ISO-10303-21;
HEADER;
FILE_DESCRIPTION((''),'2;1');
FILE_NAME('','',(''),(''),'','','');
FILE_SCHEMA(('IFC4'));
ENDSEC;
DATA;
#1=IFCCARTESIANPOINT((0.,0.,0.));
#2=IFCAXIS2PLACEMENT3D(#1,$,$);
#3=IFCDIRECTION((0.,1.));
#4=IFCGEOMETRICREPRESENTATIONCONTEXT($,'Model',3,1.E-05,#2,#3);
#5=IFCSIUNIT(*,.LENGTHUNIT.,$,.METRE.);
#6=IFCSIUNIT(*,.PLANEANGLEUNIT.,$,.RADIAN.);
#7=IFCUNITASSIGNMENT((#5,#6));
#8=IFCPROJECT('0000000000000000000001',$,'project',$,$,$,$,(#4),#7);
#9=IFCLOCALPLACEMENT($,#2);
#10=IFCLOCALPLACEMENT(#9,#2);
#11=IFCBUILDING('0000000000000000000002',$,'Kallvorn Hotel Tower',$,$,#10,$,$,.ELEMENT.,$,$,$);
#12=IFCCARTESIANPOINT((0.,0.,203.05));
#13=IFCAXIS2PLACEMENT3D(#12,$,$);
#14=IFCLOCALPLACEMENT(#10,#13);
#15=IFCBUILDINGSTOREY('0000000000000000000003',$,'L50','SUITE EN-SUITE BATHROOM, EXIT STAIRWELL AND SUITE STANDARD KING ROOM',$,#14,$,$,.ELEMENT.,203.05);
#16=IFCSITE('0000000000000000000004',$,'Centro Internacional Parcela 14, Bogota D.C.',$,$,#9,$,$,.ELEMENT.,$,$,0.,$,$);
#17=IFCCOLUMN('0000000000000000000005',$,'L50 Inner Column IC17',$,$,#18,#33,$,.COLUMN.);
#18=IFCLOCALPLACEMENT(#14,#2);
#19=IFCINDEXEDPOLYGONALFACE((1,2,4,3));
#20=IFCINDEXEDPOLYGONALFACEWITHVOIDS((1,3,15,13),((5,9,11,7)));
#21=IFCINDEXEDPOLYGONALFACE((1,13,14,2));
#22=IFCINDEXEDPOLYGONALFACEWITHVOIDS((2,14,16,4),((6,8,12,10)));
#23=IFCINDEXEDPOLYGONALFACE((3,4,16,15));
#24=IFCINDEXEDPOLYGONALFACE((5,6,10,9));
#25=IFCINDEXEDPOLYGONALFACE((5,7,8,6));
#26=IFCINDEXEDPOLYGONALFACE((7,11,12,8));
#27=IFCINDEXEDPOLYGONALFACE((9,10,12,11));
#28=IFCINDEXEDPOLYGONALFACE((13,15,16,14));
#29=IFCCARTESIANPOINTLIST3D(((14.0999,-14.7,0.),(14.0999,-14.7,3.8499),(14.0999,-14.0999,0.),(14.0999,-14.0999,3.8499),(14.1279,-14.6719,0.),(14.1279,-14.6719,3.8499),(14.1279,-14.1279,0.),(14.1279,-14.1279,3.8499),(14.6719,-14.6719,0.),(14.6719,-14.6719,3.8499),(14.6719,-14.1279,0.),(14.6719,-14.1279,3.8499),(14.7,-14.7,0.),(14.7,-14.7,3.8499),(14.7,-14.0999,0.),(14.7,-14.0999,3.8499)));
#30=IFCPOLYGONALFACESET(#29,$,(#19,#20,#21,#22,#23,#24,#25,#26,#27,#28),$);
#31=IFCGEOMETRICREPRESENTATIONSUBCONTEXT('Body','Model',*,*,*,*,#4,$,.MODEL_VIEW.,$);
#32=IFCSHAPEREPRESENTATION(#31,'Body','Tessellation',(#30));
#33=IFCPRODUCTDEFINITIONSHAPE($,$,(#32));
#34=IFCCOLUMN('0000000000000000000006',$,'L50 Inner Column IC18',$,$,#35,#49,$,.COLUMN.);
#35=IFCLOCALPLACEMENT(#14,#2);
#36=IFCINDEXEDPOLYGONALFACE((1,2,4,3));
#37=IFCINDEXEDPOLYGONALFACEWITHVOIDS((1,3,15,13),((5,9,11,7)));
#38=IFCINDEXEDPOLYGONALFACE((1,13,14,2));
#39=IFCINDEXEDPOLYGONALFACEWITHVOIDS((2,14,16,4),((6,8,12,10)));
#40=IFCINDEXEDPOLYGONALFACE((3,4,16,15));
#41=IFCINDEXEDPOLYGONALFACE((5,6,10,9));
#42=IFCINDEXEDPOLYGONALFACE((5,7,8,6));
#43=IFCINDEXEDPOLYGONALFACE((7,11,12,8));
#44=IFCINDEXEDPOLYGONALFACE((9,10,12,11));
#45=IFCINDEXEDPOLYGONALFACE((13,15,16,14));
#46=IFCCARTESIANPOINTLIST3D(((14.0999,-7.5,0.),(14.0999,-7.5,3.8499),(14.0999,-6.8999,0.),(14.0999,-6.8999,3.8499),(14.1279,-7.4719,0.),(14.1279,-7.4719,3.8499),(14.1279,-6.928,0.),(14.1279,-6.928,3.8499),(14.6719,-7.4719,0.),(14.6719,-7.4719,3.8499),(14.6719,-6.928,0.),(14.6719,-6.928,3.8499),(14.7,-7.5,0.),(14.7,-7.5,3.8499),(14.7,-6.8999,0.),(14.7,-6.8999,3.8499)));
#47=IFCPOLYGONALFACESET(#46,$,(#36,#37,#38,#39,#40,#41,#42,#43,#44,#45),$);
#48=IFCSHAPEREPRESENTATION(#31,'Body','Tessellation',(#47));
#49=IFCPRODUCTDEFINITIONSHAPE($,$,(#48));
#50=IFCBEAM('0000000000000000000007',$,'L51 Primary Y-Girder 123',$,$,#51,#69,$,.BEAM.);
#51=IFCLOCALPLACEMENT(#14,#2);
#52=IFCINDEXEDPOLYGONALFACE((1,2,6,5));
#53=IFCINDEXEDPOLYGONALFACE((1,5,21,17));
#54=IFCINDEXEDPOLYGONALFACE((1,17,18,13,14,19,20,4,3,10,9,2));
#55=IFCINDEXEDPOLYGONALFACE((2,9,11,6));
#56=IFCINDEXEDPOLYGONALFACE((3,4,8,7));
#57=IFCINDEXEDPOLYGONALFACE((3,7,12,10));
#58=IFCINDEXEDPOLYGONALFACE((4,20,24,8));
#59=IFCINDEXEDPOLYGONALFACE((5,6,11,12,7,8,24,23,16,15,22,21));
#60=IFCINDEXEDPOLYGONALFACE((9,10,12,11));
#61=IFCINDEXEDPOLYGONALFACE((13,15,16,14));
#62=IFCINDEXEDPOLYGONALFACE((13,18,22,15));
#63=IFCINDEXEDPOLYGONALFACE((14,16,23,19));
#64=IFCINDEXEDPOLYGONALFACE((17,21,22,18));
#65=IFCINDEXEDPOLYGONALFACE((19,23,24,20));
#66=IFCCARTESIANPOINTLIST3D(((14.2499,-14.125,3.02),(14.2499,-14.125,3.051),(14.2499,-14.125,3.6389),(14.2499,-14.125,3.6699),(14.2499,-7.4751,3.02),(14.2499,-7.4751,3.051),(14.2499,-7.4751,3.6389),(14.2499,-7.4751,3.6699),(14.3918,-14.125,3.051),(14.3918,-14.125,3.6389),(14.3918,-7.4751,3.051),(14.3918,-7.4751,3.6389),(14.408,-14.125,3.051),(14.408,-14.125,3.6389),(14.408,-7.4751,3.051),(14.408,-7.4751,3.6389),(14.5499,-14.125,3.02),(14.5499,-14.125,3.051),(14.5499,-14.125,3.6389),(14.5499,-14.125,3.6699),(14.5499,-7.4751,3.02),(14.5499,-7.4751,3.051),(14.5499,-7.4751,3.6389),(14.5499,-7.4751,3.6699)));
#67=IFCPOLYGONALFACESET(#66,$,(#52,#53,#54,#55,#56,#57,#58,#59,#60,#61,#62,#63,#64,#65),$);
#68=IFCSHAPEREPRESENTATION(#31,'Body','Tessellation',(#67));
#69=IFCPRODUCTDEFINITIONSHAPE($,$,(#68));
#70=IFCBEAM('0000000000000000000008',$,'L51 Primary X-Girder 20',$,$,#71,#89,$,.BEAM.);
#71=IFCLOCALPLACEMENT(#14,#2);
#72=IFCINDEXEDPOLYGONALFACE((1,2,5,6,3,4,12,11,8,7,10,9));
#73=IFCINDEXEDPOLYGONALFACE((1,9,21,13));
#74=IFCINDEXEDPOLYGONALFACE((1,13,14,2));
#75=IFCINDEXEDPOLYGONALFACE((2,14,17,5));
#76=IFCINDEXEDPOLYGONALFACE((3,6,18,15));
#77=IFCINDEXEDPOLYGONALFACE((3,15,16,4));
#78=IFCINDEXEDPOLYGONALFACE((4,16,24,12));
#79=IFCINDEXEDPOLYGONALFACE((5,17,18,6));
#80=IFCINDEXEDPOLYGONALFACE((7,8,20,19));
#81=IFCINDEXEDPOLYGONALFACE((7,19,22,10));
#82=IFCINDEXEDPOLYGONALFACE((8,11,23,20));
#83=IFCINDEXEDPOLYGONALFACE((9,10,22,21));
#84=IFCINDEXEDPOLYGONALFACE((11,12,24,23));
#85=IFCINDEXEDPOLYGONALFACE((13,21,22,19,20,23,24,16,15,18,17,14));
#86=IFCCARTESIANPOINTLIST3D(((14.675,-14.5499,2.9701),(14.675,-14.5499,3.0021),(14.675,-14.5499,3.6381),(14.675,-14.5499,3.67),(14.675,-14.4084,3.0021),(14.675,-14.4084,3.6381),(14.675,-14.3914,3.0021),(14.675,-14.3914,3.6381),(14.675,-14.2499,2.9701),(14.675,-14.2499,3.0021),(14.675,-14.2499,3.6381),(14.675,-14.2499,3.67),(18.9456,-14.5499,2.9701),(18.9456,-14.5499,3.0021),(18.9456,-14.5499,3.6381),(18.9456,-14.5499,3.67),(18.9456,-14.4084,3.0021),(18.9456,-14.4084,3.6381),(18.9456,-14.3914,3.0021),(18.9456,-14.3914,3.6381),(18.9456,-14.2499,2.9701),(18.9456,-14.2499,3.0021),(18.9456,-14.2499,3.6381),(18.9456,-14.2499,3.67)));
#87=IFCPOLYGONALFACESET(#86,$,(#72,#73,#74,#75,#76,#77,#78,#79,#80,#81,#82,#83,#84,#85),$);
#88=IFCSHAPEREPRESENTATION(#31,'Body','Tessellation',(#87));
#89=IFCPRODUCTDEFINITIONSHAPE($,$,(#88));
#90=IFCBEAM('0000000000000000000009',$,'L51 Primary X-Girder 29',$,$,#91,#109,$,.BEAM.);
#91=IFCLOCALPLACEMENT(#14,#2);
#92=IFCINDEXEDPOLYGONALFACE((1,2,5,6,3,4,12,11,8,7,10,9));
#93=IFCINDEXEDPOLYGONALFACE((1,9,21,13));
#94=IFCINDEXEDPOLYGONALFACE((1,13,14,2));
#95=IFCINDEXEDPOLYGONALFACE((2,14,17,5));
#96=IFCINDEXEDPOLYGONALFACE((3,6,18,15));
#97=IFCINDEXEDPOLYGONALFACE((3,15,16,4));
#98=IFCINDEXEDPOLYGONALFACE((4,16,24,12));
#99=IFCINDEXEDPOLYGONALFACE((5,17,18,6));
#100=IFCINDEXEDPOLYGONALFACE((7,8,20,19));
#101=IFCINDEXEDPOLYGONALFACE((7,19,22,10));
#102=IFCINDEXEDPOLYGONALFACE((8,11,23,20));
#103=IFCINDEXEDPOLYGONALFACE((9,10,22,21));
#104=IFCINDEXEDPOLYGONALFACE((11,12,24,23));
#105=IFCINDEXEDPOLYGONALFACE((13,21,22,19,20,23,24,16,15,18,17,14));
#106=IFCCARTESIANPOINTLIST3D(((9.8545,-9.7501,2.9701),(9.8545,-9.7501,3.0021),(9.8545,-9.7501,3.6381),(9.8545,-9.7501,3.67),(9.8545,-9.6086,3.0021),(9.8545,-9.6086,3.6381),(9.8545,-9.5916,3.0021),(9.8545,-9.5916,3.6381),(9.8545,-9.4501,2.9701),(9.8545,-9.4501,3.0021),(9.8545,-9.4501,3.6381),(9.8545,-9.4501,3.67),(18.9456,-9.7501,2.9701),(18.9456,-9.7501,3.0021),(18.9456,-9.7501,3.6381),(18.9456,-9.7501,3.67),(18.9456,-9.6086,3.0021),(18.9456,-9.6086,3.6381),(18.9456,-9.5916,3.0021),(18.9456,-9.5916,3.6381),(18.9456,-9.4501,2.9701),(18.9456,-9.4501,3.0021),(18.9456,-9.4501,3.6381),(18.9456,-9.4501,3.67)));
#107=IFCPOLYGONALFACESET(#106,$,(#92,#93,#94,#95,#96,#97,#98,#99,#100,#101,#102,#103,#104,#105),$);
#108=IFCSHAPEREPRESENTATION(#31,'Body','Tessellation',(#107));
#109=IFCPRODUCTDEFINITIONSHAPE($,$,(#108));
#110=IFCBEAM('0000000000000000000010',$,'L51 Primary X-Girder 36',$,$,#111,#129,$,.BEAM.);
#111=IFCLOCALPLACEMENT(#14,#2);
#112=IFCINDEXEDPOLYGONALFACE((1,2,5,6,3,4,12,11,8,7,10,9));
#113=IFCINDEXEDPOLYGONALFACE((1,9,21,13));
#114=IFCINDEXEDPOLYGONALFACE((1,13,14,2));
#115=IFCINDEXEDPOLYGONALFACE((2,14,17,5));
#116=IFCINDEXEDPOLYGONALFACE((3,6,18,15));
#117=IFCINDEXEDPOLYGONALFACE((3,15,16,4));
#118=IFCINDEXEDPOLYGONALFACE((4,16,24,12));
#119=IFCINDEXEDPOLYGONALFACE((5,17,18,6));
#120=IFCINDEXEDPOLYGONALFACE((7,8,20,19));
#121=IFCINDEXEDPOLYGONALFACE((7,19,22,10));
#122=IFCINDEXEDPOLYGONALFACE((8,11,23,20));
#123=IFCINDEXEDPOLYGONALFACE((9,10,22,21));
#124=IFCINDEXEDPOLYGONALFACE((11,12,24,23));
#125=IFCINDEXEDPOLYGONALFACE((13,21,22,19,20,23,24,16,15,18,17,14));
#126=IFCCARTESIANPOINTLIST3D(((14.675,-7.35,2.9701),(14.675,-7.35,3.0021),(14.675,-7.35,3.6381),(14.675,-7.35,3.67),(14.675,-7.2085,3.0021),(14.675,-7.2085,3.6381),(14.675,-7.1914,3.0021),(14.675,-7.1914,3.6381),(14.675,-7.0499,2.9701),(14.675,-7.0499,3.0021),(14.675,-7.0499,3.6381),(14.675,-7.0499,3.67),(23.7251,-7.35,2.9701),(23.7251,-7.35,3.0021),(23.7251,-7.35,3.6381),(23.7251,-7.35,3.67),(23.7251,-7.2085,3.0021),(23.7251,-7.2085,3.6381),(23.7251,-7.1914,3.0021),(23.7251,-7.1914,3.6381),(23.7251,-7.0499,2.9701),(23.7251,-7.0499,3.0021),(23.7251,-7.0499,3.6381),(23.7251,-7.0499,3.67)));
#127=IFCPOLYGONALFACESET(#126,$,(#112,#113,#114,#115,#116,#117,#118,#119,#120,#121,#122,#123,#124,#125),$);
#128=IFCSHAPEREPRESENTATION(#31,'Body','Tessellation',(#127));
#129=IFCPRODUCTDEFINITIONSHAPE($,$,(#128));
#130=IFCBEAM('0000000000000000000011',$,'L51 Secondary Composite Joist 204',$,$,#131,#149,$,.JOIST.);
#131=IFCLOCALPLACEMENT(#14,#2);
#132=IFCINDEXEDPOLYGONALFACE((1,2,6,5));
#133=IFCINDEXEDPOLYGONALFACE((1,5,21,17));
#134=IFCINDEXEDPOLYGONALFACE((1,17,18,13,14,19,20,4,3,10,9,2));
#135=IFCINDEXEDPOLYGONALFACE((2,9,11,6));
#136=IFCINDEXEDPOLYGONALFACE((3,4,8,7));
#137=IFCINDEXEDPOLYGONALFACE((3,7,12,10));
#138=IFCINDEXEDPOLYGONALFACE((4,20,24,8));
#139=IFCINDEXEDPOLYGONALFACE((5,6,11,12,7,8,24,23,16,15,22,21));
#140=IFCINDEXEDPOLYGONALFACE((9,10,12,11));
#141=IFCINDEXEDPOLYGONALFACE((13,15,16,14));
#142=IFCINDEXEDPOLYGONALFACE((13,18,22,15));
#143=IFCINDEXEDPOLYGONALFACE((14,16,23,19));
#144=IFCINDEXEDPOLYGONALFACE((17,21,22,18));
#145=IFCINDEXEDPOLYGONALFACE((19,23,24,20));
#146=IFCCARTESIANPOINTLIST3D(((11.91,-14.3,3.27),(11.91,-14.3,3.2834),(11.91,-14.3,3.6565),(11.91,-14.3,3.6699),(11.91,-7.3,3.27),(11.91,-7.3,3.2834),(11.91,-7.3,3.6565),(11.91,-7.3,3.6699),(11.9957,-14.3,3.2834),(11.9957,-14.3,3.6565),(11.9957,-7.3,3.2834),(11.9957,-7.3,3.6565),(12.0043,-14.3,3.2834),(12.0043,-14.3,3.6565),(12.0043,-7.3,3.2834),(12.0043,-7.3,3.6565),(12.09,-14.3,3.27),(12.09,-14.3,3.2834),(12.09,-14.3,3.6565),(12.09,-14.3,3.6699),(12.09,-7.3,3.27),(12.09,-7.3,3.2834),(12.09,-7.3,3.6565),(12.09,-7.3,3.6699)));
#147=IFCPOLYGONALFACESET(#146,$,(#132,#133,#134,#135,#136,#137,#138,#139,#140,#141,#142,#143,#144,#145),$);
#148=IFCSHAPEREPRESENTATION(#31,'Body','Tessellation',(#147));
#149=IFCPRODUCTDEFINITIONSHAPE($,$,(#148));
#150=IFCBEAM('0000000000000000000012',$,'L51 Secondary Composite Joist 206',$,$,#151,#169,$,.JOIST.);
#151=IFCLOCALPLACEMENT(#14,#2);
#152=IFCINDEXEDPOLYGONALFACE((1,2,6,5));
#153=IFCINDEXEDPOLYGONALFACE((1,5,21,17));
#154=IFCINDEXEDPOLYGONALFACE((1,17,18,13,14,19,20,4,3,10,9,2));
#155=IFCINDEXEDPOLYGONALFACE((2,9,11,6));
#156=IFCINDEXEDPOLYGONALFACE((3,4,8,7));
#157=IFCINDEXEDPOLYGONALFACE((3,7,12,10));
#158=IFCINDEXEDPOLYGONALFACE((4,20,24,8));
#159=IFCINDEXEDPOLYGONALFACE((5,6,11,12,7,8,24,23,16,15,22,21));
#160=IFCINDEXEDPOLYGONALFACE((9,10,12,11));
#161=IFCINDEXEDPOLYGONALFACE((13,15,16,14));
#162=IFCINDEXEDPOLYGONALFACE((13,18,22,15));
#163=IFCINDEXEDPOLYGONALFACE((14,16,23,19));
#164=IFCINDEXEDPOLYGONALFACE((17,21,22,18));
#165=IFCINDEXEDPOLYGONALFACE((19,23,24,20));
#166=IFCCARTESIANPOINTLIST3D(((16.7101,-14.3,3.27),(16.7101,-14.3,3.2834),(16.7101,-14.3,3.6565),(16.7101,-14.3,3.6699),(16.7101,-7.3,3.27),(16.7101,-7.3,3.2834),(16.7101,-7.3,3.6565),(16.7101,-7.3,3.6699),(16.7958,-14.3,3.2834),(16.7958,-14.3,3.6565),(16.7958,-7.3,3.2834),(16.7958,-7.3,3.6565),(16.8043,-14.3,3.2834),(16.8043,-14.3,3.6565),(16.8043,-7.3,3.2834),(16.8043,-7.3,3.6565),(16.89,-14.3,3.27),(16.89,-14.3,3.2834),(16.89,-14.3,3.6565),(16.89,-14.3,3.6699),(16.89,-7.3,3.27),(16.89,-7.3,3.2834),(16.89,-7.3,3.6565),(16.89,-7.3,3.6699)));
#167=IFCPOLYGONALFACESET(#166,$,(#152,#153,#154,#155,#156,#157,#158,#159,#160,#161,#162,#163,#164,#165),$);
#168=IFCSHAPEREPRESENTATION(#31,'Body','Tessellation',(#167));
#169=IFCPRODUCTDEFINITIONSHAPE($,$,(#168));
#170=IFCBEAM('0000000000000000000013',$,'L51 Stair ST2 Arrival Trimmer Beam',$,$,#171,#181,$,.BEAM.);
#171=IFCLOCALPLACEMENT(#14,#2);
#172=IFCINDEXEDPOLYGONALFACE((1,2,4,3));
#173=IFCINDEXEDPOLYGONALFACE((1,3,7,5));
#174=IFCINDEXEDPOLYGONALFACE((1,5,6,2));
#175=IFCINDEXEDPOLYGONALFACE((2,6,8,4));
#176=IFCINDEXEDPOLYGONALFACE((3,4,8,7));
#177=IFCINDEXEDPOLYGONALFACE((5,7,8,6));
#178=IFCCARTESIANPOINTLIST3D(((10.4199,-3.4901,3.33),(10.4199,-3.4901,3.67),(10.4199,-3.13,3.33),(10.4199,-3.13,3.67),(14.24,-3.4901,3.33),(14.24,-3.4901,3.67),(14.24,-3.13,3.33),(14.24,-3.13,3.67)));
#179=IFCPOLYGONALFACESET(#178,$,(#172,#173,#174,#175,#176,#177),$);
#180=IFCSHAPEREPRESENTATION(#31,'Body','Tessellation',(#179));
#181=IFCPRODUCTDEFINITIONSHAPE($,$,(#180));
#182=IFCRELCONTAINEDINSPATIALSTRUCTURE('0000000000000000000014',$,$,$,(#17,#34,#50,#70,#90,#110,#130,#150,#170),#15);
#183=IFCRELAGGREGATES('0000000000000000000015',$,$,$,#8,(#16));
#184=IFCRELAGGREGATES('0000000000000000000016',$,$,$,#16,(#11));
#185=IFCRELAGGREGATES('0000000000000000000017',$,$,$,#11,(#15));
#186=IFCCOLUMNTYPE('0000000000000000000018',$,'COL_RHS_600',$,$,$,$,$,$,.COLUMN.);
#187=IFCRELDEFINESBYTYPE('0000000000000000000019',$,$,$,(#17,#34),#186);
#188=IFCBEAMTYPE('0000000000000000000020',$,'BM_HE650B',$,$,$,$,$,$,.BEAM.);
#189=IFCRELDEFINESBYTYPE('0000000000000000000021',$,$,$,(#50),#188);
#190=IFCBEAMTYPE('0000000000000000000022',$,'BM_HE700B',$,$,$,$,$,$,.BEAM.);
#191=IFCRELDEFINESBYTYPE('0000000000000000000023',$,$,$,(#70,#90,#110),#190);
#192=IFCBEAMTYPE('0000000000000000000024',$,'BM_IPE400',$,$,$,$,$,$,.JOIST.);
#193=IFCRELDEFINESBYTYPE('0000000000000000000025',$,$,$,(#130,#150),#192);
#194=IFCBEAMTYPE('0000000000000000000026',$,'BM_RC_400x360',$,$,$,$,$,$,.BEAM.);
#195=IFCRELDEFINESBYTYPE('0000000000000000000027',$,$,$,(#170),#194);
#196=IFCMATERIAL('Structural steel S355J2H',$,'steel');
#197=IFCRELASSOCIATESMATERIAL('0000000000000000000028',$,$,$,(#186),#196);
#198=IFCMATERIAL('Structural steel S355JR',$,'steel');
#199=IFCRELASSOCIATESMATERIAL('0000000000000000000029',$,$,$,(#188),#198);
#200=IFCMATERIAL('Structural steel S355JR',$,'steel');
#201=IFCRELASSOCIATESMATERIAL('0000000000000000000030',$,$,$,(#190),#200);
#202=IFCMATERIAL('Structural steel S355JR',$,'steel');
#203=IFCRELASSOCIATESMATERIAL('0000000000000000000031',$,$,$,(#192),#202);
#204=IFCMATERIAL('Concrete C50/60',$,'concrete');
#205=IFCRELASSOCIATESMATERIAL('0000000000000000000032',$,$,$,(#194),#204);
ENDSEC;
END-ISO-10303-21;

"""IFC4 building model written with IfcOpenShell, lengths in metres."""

from ifc_helpers import new_model, si_unit, direction, frame, origin, origin_2d, place, context, subcontext, project, spatial, rectangle, hollow_rectangle, i_section, extrude, material, material_profile, profile_set, type_object, element, save


model = new_model("IFC4")

# Units and contexts
model_context = context("Model", 3, precision=1e-05, world=origin(), true_north=direction((0.0, 1.0)))
body_context = subcontext(model_context, "Body", "Model", "MODEL_VIEW")
ifc_project = project(units=[si_unit("LENGTHUNIT", "METRE"), si_unit("PLANEANGLEUNIT", "RADIAN")], contexts=[model_context])

# Site, building, storey
site_placement = place(None, origin())
site = spatial("IfcSite", under=ifc_project, at=site_placement, Name="Centro Internacional Parcela 14, Bogota D.C.", CompositionType="ELEMENT", RefElevation=0.0)
building_placement = place(site_placement, origin())
building = spatial("IfcBuilding", under=site, at=building_placement, Name="Kallvorn Hotel Tower", CompositionType="ELEMENT")
storey_placement = place(building_placement, frame((0.0, 0.0, 203.05)))
storey = spatial("IfcBuildingStorey", under=building, at=storey_placement, Name="L50", Description="SUITE EN-SUITE BATHROOM, EXIT STAIRWELL AND SUITE STANDARD KING ROOM", CompositionType="ELEMENT", Elevation=203.05)

# Columns
ifc_material_1 = material(Name="Structural steel S355J2H", Category="steel")
ifc_material_profile_1 = material_profile(ifc_material_1, hollow_rectangle(XDim=0.6001, YDim=0.6001, WallThickness=0.0281, at=origin_2d()), Name="RHS 600x600x28")
ifc_profile_set_1 = profile_set([ifc_material_profile_1], Name="Structural steel S355J2H")
column_type = type_object("IfcColumnType", Name="COL_RHS_600", PredefinedType="COLUMN", material=ifc_profile_set_1)
for number, where, z_axis, x_axis, name in (
    (1, (14.3999, -14.3999, 0.0), (0.0, 0.0, 1.0), (1.0, 0.0, 0.0), "L50 Inner Column IC17"),
    (2, (14.3999, -7.2, 0.0), (0.0, 0.0, 1.0), (1.0, 0.0, 0.0), "L50 Inner Column IC18"),
):
    element("IfcColumn", number, at=place(storey_placement, frame(where, z_axis=z_axis, x_axis=x_axis)), inside=storey, type_object=column_type, Name=name, PredefinedType="COLUMN", context=body_context, shape_type="SweptSolid", body=[
        extrude(hollow_rectangle(XDim=0.6001, YDim=0.6001, WallThickness=0.0281, at=origin_2d()), origin(), (0.0, 0.0, 1.0), 3.8499),
    ])

# Beams
ifc_material_2 = material(Name="Structural steel S355JR", Category="steel")
ifc_material_profile_2 = material_profile(ifc_material_2, i_section(OverallWidth=0.3, OverallDepth=0.6499, WebThickness=0.0161, FlangeThickness=0.031, at=origin_2d()), Name="HE 650 B")
ifc_profile_set_2 = profile_set([ifc_material_profile_2], Name="Structural steel S355JR")
beam_type_1 = type_object("IfcBeamType", Name="BM_HE650B", PredefinedType="BEAM", material=ifc_profile_set_2)
beam_1_placement = place(storey_placement, frame((14.3999, -14.125, 3.345), z_axis=(0.0, 1.0, 0.0), x_axis=(-1.0, 0.0, 0.0)))
element("IfcBeam", 3, at=beam_1_placement, inside=storey, type_object=beam_type_1, Name="L51 Primary Y-Girder 123", PredefinedType="BEAM", context=body_context, shape_type="SweptSolid", body=[
    extrude(i_section(OverallWidth=0.3, OverallDepth=0.6499, WebThickness=0.0161, FlangeThickness=0.031, at=origin_2d()), origin(), (0.0, 0.0, 1.0), 6.6499),
])
ifc_material_3 = material(Name="Structural steel S355JR", Category="steel")
ifc_material_profile_3 = material_profile(ifc_material_3, i_section(OverallWidth=0.3, OverallDepth=0.7, WebThickness=0.0171, FlangeThickness=0.032, at=origin_2d()), Name="HE 700 B")
ifc_profile_set_3 = profile_set([ifc_material_profile_3], Name="Structural steel S355JR")
beam_type_2 = type_object("IfcBeamType", Name="BM_HE700B", PredefinedType="BEAM", material=ifc_profile_set_3)
beam_2_placement = place(storey_placement, frame((14.675, -14.3999, 3.3201), z_axis=(1.0, 0.0, 0.0), x_axis=(0.0, 1.0, 0.0)))
element("IfcBeam", 4, at=beam_2_placement, inside=storey, type_object=beam_type_2, Name="L51 Primary X-Girder 20", PredefinedType="BEAM", context=body_context, shape_type="SweptSolid", body=[
    extrude(i_section(OverallWidth=0.3, OverallDepth=0.7, WebThickness=0.0171, FlangeThickness=0.032, at=origin_2d()), origin(), (0.0, 0.0, 1.0), 4.2705),
])
beam_3_placement = place(storey_placement, frame((9.8545, -9.6001, 3.3201), z_axis=(1.0, 0.0, 0.0), x_axis=(0.0, 1.0, 0.0)))
element("IfcBeam", 5, at=beam_3_placement, inside=storey, type_object=beam_type_2, Name="L51 Primary X-Girder 29", PredefinedType="BEAM", context=body_context, shape_type="SweptSolid", body=[
    extrude(i_section(OverallWidth=0.3, OverallDepth=0.7, WebThickness=0.0171, FlangeThickness=0.032, at=origin_2d()), origin(), (0.0, 0.0, 1.0), 9.0911),
])
beam_4_placement = place(storey_placement, frame((14.675, -7.2, 3.3201), z_axis=(1.0, 0.0, 0.0), x_axis=(0.0, 1.0, 0.0)))
element("IfcBeam", 6, at=beam_4_placement, inside=storey, type_object=beam_type_2, Name="L51 Primary X-Girder 36", PredefinedType="BEAM", context=body_context, shape_type="SweptSolid", body=[
    extrude(i_section(OverallWidth=0.3, OverallDepth=0.7, WebThickness=0.0171, FlangeThickness=0.032, at=origin_2d()), origin(), (0.0, 0.0, 1.0), 9.05),
])
ifc_material_4 = material(Name="Structural steel S355JR", Category="steel")
ifc_material_profile_4 = material_profile(ifc_material_4, i_section(OverallWidth=0.1799, OverallDepth=0.3999, WebThickness=0.0085, FlangeThickness=0.0134, at=origin_2d()), Name="IPE 400")
ifc_profile_set_4 = profile_set([ifc_material_profile_4], Name="Structural steel S355JR")
beam_type_3 = type_object("IfcBeamType", Name="BM_IPE400", PredefinedType="JOIST", material=ifc_profile_set_4)
for number, where, z_axis, x_axis, name in (
    (7, (12.0, -14.3, 3.47), (0.0, 1.0, 0.0), (-1.0, 0.0, 0.0), "L51 Secondary Composite Joist 204"),
    (8, (16.8, -14.3, 3.47), (0.0, 1.0, 0.0), (-1.0, 0.0, 0.0), "L51 Secondary Composite Joist 206"),
):
    element("IfcBeam", number, at=place(storey_placement, frame(where, z_axis=z_axis, x_axis=x_axis)), inside=storey, type_object=beam_type_3, Name=name, PredefinedType="JOIST", context=body_context, shape_type="SweptSolid", body=[
        extrude(i_section(OverallWidth=0.1799, OverallDepth=0.3999, WebThickness=0.0085, FlangeThickness=0.0134, at=origin_2d()), origin(), (0.0, 0.0, 1.0), 7.0),
    ])
ifc_material_5 = material(Name="Concrete C50/60", Category="concrete")
ifc_material_profile_5 = material_profile(ifc_material_5, rectangle(XDim=0.3601, YDim=0.3401, at=origin_2d()), Name="RC 360x340")
ifc_profile_set_5 = profile_set([ifc_material_profile_5], Name="Concrete C50/60")
beam_type_4 = type_object("IfcBeamType", Name="BM_RC_400x360", PredefinedType="BEAM", material=ifc_profile_set_5)
beam_5_placement = place(storey_placement, frame((14.24, -3.3101, 3.5), z_axis=(-1.0, 0.0, 0.0), x_axis=(0.0, -1.0, 0.0)))
element("IfcBeam", 9, at=beam_5_placement, inside=storey, type_object=beam_type_4, Name="L51 Stair ST2 Arrival Trimmer Beam", PredefinedType="BEAM", context=body_context, shape_type="SweptSolid", body=[
    extrude(rectangle(XDim=0.3601, YDim=0.3401, at=origin_2d()), origin(), (0.0, 0.0, 1.0), 3.8201),
])

save(model, "model.ifc")
